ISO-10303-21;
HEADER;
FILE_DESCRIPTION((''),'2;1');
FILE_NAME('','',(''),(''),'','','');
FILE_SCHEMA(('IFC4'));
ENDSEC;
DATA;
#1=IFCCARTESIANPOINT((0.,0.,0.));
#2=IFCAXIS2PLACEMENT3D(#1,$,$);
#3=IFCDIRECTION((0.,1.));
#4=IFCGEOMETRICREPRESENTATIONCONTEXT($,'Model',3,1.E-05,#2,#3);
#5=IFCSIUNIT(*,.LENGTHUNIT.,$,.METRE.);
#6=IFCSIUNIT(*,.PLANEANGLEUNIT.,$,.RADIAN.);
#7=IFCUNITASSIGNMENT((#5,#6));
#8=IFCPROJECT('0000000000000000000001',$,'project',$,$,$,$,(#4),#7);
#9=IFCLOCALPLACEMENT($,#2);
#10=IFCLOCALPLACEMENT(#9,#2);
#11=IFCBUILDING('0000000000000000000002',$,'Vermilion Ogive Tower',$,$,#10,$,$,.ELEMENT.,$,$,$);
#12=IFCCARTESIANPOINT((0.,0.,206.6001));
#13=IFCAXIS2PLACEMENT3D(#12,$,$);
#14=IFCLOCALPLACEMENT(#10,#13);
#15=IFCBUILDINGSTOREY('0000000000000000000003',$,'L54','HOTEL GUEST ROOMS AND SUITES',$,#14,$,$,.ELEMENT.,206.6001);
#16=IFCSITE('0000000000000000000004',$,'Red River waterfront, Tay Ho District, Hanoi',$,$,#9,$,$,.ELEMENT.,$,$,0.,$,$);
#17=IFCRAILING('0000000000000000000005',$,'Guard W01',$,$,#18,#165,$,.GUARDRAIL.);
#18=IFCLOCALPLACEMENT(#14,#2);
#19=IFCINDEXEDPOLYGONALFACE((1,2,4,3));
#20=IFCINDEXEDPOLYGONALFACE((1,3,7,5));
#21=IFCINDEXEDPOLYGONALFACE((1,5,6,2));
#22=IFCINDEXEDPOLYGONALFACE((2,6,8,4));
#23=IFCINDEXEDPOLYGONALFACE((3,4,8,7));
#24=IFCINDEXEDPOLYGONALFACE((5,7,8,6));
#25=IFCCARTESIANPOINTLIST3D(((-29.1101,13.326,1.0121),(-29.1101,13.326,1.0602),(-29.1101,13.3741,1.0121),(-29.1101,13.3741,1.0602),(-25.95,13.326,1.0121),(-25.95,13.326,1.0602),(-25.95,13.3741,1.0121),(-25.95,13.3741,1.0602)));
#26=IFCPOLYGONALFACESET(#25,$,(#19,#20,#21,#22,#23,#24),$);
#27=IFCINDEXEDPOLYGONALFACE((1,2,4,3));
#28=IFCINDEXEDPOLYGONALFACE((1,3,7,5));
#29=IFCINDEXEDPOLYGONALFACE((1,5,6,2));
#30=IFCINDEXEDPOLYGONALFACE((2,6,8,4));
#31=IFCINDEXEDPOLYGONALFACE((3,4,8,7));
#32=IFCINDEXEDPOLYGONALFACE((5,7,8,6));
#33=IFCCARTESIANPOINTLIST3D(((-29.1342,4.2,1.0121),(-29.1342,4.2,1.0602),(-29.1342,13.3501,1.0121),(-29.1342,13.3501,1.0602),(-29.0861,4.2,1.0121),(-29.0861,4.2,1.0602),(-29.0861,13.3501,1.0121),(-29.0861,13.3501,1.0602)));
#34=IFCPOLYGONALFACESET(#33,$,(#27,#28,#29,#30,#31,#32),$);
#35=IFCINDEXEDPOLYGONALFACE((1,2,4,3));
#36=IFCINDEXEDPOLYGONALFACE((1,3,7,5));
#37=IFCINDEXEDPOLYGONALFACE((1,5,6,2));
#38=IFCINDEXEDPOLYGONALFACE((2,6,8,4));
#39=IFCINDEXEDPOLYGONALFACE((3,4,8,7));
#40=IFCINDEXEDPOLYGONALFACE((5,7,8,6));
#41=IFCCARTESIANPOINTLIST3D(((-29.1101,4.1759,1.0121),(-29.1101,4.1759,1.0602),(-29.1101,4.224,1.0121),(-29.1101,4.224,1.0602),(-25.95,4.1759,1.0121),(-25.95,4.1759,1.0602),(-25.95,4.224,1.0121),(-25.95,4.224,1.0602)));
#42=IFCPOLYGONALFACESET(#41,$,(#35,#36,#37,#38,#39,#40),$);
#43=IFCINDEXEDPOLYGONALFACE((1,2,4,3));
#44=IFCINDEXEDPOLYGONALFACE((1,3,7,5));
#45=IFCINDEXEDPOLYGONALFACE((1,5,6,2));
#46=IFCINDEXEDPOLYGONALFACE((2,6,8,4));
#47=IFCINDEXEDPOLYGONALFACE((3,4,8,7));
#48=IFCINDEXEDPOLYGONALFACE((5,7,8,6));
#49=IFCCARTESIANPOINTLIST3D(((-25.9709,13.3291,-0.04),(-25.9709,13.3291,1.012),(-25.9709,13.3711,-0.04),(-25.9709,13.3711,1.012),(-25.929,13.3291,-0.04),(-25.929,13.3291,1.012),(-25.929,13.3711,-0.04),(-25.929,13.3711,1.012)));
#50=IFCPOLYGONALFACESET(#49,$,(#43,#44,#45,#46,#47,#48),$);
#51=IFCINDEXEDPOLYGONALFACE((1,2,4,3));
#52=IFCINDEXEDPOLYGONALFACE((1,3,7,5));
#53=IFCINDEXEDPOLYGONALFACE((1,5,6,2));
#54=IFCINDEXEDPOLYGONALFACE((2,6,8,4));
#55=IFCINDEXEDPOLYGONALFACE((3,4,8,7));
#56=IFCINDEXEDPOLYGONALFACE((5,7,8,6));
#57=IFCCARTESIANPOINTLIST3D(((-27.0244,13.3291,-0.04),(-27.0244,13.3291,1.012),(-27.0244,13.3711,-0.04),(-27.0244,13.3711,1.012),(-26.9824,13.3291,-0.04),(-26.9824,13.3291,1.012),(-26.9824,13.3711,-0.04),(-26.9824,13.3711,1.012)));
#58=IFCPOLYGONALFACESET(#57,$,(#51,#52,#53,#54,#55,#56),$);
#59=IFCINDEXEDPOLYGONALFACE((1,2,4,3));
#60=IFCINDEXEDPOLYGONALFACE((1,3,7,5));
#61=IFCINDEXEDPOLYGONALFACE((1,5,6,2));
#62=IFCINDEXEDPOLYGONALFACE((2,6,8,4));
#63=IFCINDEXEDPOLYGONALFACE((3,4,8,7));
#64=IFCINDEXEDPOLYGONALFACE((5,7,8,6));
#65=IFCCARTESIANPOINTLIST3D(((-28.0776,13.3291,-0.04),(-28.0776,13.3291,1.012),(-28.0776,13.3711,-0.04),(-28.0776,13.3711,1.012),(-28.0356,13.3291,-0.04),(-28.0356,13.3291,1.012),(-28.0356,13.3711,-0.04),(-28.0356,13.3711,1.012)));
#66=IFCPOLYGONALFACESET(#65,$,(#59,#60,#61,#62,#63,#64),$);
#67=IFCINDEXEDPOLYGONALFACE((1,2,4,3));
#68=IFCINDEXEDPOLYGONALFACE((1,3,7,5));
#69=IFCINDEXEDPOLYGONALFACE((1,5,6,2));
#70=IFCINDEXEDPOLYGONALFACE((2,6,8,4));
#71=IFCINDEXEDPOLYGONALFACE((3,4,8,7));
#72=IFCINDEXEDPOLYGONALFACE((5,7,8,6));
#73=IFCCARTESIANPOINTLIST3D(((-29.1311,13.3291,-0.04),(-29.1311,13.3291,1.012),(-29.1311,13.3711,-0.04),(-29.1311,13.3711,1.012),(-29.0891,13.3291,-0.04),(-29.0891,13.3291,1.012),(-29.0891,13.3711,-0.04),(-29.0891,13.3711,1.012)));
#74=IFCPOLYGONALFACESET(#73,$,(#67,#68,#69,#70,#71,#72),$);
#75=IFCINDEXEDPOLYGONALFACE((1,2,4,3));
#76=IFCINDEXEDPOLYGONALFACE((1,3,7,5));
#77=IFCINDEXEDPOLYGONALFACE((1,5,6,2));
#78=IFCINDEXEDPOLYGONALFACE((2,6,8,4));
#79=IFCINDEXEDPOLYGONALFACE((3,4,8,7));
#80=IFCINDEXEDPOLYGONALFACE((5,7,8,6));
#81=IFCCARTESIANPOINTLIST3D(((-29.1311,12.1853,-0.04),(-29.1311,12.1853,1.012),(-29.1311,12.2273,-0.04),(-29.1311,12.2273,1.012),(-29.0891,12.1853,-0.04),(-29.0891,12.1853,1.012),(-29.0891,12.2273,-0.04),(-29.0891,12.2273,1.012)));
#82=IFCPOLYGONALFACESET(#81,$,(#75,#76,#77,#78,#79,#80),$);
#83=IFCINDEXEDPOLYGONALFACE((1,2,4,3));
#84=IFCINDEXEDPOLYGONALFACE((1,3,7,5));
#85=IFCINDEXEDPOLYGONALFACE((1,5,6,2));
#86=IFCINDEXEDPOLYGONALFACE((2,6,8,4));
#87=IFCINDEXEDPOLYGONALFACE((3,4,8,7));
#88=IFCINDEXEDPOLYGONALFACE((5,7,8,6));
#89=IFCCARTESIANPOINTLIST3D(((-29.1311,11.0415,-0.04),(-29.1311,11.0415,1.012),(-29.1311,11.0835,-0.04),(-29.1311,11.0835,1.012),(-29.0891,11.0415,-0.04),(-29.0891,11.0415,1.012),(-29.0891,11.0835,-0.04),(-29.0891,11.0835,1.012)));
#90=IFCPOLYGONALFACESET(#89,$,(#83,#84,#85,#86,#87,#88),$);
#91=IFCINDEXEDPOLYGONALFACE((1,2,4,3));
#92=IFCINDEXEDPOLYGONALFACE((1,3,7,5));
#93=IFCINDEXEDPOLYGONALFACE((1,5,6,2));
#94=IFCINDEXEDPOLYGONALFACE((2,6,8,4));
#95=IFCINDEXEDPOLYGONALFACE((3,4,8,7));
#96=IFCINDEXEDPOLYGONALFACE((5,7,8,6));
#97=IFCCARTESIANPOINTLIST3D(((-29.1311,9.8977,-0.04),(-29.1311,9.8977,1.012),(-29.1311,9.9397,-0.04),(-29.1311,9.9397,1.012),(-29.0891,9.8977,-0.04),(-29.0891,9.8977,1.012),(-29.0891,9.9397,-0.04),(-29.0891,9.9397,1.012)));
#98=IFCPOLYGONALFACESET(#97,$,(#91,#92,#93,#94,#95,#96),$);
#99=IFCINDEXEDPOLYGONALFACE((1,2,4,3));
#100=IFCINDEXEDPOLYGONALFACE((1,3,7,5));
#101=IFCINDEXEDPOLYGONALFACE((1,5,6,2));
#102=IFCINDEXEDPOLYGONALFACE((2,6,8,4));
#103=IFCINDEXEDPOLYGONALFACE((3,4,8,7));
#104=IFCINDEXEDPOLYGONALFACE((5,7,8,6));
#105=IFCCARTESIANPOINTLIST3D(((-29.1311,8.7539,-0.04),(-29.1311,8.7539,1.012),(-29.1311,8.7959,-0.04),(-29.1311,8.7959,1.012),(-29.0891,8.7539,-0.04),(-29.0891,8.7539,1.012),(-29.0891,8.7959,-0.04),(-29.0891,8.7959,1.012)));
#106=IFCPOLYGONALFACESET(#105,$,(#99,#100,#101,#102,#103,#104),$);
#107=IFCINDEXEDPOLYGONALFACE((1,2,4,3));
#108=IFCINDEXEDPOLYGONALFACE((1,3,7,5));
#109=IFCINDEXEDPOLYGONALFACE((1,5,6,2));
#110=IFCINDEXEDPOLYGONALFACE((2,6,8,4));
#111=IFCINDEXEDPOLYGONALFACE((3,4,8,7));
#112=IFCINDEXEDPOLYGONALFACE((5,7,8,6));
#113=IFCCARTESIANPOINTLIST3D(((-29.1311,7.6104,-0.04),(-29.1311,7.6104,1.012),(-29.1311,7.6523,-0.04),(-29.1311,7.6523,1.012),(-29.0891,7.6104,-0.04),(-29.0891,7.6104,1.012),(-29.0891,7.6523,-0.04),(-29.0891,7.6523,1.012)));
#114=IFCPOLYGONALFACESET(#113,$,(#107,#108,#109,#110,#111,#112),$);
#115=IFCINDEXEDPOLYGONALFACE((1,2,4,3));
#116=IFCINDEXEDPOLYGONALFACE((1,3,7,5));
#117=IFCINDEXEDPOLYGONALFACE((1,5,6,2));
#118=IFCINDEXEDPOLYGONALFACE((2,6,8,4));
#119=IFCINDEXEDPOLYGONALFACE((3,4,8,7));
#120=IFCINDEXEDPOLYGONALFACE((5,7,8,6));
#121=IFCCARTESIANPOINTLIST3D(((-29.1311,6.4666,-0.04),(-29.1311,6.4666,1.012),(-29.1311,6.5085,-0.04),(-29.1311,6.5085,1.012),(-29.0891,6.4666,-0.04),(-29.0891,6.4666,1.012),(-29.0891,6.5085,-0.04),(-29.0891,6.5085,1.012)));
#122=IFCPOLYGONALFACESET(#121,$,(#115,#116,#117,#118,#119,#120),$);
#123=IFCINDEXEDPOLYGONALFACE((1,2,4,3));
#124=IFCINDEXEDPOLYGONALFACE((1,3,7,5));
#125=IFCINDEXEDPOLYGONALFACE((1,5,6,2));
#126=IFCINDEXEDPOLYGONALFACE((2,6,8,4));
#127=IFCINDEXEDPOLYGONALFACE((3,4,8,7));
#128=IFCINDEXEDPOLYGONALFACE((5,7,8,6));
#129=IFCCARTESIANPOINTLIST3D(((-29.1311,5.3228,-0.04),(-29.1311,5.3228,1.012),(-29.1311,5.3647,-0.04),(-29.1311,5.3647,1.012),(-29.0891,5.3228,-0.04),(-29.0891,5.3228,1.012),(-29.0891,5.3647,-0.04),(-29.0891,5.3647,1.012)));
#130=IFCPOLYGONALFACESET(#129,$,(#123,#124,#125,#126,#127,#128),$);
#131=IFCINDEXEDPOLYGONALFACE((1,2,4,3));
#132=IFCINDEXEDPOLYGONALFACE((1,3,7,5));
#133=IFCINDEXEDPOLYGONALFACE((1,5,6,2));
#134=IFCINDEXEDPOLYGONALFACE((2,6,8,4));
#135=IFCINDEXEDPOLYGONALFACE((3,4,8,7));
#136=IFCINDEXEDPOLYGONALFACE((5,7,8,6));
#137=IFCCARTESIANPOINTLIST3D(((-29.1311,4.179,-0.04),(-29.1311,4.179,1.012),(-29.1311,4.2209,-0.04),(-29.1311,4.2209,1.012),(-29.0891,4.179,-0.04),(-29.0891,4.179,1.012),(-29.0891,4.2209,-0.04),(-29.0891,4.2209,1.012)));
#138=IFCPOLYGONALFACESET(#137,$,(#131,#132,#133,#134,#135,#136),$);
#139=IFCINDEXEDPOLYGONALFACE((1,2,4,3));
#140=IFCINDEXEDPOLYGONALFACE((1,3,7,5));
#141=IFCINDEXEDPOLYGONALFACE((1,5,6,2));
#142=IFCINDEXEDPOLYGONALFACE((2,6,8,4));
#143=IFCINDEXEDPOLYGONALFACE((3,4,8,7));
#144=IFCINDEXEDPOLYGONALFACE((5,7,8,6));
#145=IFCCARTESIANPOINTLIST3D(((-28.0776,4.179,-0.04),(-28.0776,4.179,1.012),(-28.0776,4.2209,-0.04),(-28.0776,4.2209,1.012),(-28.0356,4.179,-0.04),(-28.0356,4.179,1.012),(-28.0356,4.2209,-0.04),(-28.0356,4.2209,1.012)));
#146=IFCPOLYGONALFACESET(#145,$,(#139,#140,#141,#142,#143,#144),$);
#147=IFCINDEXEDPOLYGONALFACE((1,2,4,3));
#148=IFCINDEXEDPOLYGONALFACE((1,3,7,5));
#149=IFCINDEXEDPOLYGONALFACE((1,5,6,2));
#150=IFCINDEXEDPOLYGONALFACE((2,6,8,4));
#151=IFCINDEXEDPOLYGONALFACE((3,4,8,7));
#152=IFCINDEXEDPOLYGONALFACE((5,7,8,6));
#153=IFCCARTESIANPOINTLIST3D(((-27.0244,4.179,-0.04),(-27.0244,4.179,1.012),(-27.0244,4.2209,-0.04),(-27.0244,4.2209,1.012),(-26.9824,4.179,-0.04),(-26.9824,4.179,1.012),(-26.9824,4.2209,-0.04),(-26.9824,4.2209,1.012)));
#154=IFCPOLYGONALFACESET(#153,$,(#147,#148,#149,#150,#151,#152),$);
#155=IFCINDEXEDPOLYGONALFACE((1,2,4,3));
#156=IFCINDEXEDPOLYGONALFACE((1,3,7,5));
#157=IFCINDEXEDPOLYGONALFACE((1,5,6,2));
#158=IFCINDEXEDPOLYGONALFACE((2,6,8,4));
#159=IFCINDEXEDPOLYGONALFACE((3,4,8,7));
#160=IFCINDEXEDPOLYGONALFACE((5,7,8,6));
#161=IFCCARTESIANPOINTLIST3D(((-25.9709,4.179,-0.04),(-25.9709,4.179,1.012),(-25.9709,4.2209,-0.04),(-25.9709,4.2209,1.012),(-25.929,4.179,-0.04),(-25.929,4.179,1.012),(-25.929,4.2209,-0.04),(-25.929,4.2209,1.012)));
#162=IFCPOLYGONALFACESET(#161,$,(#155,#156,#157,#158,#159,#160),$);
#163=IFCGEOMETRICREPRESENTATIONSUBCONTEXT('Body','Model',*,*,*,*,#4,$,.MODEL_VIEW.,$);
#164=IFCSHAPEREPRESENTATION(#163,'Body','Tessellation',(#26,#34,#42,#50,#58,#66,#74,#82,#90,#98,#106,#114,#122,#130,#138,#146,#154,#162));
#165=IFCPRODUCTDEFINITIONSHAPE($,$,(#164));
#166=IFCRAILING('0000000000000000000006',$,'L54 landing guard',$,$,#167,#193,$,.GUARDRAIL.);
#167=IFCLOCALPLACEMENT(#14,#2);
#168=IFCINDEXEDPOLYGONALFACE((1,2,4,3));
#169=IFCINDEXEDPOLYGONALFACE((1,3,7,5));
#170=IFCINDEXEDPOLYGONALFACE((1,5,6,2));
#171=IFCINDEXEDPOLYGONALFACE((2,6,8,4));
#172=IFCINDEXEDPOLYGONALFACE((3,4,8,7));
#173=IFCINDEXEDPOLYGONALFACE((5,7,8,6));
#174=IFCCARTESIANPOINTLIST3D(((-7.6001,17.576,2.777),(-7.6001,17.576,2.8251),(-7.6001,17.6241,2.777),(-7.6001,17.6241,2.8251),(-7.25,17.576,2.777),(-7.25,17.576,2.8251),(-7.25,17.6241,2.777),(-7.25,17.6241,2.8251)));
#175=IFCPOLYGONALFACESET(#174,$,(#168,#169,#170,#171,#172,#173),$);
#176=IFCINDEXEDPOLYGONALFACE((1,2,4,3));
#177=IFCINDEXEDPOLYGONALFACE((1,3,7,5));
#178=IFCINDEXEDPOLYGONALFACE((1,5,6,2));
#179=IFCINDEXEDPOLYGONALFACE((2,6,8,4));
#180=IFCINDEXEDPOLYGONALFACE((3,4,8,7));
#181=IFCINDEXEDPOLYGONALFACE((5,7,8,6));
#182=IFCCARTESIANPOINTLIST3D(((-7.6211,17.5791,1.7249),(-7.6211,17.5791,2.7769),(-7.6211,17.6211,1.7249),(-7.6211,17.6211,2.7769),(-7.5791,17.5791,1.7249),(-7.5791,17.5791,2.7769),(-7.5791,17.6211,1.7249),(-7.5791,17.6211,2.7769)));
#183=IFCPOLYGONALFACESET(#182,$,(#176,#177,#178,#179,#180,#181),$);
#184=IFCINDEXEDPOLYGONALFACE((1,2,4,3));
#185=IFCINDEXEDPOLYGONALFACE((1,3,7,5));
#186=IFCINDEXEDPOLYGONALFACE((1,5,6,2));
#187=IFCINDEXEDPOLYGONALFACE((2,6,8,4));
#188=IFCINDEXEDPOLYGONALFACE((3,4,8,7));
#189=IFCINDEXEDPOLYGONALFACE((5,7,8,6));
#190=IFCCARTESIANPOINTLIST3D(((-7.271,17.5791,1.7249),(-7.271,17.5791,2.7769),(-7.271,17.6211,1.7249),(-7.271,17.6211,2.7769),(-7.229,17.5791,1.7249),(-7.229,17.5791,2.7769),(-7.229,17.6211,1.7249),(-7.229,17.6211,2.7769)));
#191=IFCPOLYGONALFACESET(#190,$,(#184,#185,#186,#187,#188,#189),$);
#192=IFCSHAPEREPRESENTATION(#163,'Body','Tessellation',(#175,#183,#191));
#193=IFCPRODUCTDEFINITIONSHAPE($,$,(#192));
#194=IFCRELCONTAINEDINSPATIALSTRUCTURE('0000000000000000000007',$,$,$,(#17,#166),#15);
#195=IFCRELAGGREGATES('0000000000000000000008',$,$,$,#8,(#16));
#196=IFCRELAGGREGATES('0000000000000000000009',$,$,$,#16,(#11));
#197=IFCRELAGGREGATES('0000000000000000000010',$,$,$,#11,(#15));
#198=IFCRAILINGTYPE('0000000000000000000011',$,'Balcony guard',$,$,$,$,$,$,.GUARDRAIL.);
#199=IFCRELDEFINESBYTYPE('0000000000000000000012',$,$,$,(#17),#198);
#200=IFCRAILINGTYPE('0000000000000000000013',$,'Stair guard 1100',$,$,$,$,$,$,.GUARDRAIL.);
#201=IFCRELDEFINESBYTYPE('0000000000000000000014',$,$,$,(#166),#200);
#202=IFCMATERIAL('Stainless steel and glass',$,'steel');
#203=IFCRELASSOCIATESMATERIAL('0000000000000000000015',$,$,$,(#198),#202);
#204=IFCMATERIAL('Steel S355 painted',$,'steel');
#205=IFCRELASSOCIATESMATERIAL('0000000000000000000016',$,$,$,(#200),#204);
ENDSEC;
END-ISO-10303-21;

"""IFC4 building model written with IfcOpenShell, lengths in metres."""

from ifc_helpers import new_model, si_unit, direction, frame, origin, origin_2d, place, context, subcontext, project, spatial, rectangle, extrude, material, type_object, element, save


model = new_model("IFC4")

# Units and contexts
model_context = context("Model", 3, precision=1e-05, world=origin(), true_north=direction((0.0, 1.0)))
body_context = subcontext(model_context, "Body", "Model", "MODEL_VIEW")
ifc_project = project(units=[si_unit("LENGTHUNIT", "METRE"), si_unit("PLANEANGLEUNIT", "RADIAN")], contexts=[model_context])

# Site, building, storey
site_placement = place(None, origin())
site = spatial("IfcSite", under=ifc_project, at=site_placement, Name="Red River waterfront, Tay Ho District, Hanoi", CompositionType="ELEMENT", RefElevation=0.0)
building_placement = place(site_placement, origin())
building = spatial("IfcBuilding", under=site, at=building_placement, Name="Vermilion Ogive Tower", CompositionType="ELEMENT")
storey_placement = place(building_placement, frame((0.0, 0.0, 206.6001)))
storey = spatial("IfcBuildingStorey", under=building, at=storey_placement, Name="L54", Description="HOTEL GUEST ROOMS AND SUITES", CompositionType="ELEMENT", Elevation=206.6001)

# Railings
ifc_material_1 = material(Name="Stainless steel and glass", Category="steel")
railing_type_1 = type_object("IfcRailingType", Name="Balcony guard", PredefinedType="GUARDRAIL", material=ifc_material_1)
railing_1_placement = place(storey_placement, frame((-25.95, 13.3501, -0.04)))
element("IfcRailing", 1, at=railing_1_placement, inside=storey, type_object=railing_type_1, Name="Guard W01", PredefinedType="GUARDRAIL", context=body_context, shape_type="SweptSolid", body=[
    extrude(rectangle(XDim=0.0481, YDim=0.0481, at=origin_2d()), frame((0.0, 0.0, 1.0762), z_axis=(-1.0, 0.0, 0.0), x_axis=(0.0, -1.0, 0.0)), (0.0, 0.0, 1.0), 3.1602),
    extrude(rectangle(XDim=0.0481, YDim=0.0481, at=origin_2d()), frame((-3.1602, 0.0, 1.0762), z_axis=(0.0, -1.0, 0.0), x_axis=(1.0, 0.0, 0.0)), (0.0, 0.0, 1.0), 9.1501),
    extrude(rectangle(XDim=0.0481, YDim=0.0481, at=origin_2d()), frame((-3.1602, -9.1501, 1.0762), z_axis=(1.0, 0.0, 0.0), x_axis=(0.0, 1.0, 0.0)), (0.0, 0.0, 1.0), 3.1602),
    extrude(rectangle(XDim=0.042, YDim=0.042, at=origin_2d()), origin(), (0.0, 0.0, 1.0), 1.052),
    extrude(rectangle(XDim=0.042, YDim=0.042, at=origin_2d()), frame((-1.0535, 0.0, 0.0)), (0.0, 0.0, 1.0), 1.052),
    extrude(rectangle(XDim=0.042, YDim=0.042, at=origin_2d()), frame((-2.1067, 0.0, 0.0)), (0.0, 0.0, 1.0), 1.052),
    extrude(rectangle(XDim=0.042, YDim=0.042, at=origin_2d()), frame((-3.1602, 0.0, 0.0)), (0.0, 0.0, 1.0), 1.052),
    extrude(rectangle(XDim=0.042, YDim=0.042, at=origin_2d()), frame((-3.1602, -1.1438, 0.0)), (0.0, 0.0, 1.0), 1.052),
    extrude(rectangle(XDim=0.042, YDim=0.042, at=origin_2d()), frame((-3.1602, -2.2876, 0.0)), (0.0, 0.0, 1.0), 1.052),
    extrude(rectangle(XDim=0.042, YDim=0.042, at=origin_2d()), frame((-3.1602, -3.4314, 0.0)), (0.0, 0.0, 1.0), 1.052),
    extrude(rectangle(XDim=0.042, YDim=0.042, at=origin_2d()), frame((-3.1602, -4.5752, 0.0)), (0.0, 0.0, 1.0), 1.052),
    extrude(rectangle(XDim=0.042, YDim=0.042, at=origin_2d()), frame((-3.1602, -5.7188, 0.0)), (0.0, 0.0, 1.0), 1.052),
    extrude(rectangle(XDim=0.042, YDim=0.042, at=origin_2d()), frame((-3.1602, -6.8625, 0.0)), (0.0, 0.0, 1.0), 1.052),
    extrude(rectangle(XDim=0.042, YDim=0.042, at=origin_2d()), frame((-3.1602, -8.0063, 0.0)), (0.0, 0.0, 1.0), 1.052),
    extrude(rectangle(XDim=0.042, YDim=0.042, at=origin_2d()), frame((-3.1602, -9.1501, 0.0)), (0.0, 0.0, 1.0), 1.052),
    extrude(rectangle(XDim=0.042, YDim=0.042, at=origin_2d()), frame((-2.1067, -9.1501, 0.0)), (0.0, 0.0, 1.0), 1.052),
    extrude(rectangle(XDim=0.042, YDim=0.042, at=origin_2d()), frame((-1.0535, -9.1501, 0.0)), (0.0, 0.0, 1.0), 1.052),
    extrude(rectangle(XDim=0.042, YDim=0.042, at=origin_2d()), frame((0.0, -9.1501, 0.0)), (0.0, 0.0, 1.0), 1.052),
])
ifc_material_2 = material(Name="Steel S355 painted", Category="steel")
railing_type_2 = type_object("IfcRailingType", Name="Stair guard 1100", PredefinedType="GUARDRAIL", material=ifc_material_2)
railing_2_placement = place(storey_placement, frame((-7.6001, 17.6001, 1.7249)))
element("IfcRailing", 2, at=railing_2_placement, inside=storey, type_object=railing_type_2, Name="L54 landing guard", PredefinedType="GUARDRAIL", context=body_context, shape_type="SweptSolid", body=[
    extrude(rectangle(XDim=0.0481, YDim=0.0481, at=origin_2d()), frame((0.0, 0.0, 1.0762), z_axis=(1.0, 0.0, 0.0), x_axis=(0.0, 1.0, 0.0)), (0.0, 0.0, 1.0), 0.3501),
    extrude(rectangle(XDim=0.042, YDim=0.042, at=origin_2d()), origin(), (0.0, 0.0, 1.0), 1.052),
    extrude(rectangle(XDim=0.042, YDim=0.042, at=origin_2d()), frame((0.3501, 0.0, 0.0)), (0.0, 0.0, 1.0), 1.052),
])

save(model, "model.ifc")
